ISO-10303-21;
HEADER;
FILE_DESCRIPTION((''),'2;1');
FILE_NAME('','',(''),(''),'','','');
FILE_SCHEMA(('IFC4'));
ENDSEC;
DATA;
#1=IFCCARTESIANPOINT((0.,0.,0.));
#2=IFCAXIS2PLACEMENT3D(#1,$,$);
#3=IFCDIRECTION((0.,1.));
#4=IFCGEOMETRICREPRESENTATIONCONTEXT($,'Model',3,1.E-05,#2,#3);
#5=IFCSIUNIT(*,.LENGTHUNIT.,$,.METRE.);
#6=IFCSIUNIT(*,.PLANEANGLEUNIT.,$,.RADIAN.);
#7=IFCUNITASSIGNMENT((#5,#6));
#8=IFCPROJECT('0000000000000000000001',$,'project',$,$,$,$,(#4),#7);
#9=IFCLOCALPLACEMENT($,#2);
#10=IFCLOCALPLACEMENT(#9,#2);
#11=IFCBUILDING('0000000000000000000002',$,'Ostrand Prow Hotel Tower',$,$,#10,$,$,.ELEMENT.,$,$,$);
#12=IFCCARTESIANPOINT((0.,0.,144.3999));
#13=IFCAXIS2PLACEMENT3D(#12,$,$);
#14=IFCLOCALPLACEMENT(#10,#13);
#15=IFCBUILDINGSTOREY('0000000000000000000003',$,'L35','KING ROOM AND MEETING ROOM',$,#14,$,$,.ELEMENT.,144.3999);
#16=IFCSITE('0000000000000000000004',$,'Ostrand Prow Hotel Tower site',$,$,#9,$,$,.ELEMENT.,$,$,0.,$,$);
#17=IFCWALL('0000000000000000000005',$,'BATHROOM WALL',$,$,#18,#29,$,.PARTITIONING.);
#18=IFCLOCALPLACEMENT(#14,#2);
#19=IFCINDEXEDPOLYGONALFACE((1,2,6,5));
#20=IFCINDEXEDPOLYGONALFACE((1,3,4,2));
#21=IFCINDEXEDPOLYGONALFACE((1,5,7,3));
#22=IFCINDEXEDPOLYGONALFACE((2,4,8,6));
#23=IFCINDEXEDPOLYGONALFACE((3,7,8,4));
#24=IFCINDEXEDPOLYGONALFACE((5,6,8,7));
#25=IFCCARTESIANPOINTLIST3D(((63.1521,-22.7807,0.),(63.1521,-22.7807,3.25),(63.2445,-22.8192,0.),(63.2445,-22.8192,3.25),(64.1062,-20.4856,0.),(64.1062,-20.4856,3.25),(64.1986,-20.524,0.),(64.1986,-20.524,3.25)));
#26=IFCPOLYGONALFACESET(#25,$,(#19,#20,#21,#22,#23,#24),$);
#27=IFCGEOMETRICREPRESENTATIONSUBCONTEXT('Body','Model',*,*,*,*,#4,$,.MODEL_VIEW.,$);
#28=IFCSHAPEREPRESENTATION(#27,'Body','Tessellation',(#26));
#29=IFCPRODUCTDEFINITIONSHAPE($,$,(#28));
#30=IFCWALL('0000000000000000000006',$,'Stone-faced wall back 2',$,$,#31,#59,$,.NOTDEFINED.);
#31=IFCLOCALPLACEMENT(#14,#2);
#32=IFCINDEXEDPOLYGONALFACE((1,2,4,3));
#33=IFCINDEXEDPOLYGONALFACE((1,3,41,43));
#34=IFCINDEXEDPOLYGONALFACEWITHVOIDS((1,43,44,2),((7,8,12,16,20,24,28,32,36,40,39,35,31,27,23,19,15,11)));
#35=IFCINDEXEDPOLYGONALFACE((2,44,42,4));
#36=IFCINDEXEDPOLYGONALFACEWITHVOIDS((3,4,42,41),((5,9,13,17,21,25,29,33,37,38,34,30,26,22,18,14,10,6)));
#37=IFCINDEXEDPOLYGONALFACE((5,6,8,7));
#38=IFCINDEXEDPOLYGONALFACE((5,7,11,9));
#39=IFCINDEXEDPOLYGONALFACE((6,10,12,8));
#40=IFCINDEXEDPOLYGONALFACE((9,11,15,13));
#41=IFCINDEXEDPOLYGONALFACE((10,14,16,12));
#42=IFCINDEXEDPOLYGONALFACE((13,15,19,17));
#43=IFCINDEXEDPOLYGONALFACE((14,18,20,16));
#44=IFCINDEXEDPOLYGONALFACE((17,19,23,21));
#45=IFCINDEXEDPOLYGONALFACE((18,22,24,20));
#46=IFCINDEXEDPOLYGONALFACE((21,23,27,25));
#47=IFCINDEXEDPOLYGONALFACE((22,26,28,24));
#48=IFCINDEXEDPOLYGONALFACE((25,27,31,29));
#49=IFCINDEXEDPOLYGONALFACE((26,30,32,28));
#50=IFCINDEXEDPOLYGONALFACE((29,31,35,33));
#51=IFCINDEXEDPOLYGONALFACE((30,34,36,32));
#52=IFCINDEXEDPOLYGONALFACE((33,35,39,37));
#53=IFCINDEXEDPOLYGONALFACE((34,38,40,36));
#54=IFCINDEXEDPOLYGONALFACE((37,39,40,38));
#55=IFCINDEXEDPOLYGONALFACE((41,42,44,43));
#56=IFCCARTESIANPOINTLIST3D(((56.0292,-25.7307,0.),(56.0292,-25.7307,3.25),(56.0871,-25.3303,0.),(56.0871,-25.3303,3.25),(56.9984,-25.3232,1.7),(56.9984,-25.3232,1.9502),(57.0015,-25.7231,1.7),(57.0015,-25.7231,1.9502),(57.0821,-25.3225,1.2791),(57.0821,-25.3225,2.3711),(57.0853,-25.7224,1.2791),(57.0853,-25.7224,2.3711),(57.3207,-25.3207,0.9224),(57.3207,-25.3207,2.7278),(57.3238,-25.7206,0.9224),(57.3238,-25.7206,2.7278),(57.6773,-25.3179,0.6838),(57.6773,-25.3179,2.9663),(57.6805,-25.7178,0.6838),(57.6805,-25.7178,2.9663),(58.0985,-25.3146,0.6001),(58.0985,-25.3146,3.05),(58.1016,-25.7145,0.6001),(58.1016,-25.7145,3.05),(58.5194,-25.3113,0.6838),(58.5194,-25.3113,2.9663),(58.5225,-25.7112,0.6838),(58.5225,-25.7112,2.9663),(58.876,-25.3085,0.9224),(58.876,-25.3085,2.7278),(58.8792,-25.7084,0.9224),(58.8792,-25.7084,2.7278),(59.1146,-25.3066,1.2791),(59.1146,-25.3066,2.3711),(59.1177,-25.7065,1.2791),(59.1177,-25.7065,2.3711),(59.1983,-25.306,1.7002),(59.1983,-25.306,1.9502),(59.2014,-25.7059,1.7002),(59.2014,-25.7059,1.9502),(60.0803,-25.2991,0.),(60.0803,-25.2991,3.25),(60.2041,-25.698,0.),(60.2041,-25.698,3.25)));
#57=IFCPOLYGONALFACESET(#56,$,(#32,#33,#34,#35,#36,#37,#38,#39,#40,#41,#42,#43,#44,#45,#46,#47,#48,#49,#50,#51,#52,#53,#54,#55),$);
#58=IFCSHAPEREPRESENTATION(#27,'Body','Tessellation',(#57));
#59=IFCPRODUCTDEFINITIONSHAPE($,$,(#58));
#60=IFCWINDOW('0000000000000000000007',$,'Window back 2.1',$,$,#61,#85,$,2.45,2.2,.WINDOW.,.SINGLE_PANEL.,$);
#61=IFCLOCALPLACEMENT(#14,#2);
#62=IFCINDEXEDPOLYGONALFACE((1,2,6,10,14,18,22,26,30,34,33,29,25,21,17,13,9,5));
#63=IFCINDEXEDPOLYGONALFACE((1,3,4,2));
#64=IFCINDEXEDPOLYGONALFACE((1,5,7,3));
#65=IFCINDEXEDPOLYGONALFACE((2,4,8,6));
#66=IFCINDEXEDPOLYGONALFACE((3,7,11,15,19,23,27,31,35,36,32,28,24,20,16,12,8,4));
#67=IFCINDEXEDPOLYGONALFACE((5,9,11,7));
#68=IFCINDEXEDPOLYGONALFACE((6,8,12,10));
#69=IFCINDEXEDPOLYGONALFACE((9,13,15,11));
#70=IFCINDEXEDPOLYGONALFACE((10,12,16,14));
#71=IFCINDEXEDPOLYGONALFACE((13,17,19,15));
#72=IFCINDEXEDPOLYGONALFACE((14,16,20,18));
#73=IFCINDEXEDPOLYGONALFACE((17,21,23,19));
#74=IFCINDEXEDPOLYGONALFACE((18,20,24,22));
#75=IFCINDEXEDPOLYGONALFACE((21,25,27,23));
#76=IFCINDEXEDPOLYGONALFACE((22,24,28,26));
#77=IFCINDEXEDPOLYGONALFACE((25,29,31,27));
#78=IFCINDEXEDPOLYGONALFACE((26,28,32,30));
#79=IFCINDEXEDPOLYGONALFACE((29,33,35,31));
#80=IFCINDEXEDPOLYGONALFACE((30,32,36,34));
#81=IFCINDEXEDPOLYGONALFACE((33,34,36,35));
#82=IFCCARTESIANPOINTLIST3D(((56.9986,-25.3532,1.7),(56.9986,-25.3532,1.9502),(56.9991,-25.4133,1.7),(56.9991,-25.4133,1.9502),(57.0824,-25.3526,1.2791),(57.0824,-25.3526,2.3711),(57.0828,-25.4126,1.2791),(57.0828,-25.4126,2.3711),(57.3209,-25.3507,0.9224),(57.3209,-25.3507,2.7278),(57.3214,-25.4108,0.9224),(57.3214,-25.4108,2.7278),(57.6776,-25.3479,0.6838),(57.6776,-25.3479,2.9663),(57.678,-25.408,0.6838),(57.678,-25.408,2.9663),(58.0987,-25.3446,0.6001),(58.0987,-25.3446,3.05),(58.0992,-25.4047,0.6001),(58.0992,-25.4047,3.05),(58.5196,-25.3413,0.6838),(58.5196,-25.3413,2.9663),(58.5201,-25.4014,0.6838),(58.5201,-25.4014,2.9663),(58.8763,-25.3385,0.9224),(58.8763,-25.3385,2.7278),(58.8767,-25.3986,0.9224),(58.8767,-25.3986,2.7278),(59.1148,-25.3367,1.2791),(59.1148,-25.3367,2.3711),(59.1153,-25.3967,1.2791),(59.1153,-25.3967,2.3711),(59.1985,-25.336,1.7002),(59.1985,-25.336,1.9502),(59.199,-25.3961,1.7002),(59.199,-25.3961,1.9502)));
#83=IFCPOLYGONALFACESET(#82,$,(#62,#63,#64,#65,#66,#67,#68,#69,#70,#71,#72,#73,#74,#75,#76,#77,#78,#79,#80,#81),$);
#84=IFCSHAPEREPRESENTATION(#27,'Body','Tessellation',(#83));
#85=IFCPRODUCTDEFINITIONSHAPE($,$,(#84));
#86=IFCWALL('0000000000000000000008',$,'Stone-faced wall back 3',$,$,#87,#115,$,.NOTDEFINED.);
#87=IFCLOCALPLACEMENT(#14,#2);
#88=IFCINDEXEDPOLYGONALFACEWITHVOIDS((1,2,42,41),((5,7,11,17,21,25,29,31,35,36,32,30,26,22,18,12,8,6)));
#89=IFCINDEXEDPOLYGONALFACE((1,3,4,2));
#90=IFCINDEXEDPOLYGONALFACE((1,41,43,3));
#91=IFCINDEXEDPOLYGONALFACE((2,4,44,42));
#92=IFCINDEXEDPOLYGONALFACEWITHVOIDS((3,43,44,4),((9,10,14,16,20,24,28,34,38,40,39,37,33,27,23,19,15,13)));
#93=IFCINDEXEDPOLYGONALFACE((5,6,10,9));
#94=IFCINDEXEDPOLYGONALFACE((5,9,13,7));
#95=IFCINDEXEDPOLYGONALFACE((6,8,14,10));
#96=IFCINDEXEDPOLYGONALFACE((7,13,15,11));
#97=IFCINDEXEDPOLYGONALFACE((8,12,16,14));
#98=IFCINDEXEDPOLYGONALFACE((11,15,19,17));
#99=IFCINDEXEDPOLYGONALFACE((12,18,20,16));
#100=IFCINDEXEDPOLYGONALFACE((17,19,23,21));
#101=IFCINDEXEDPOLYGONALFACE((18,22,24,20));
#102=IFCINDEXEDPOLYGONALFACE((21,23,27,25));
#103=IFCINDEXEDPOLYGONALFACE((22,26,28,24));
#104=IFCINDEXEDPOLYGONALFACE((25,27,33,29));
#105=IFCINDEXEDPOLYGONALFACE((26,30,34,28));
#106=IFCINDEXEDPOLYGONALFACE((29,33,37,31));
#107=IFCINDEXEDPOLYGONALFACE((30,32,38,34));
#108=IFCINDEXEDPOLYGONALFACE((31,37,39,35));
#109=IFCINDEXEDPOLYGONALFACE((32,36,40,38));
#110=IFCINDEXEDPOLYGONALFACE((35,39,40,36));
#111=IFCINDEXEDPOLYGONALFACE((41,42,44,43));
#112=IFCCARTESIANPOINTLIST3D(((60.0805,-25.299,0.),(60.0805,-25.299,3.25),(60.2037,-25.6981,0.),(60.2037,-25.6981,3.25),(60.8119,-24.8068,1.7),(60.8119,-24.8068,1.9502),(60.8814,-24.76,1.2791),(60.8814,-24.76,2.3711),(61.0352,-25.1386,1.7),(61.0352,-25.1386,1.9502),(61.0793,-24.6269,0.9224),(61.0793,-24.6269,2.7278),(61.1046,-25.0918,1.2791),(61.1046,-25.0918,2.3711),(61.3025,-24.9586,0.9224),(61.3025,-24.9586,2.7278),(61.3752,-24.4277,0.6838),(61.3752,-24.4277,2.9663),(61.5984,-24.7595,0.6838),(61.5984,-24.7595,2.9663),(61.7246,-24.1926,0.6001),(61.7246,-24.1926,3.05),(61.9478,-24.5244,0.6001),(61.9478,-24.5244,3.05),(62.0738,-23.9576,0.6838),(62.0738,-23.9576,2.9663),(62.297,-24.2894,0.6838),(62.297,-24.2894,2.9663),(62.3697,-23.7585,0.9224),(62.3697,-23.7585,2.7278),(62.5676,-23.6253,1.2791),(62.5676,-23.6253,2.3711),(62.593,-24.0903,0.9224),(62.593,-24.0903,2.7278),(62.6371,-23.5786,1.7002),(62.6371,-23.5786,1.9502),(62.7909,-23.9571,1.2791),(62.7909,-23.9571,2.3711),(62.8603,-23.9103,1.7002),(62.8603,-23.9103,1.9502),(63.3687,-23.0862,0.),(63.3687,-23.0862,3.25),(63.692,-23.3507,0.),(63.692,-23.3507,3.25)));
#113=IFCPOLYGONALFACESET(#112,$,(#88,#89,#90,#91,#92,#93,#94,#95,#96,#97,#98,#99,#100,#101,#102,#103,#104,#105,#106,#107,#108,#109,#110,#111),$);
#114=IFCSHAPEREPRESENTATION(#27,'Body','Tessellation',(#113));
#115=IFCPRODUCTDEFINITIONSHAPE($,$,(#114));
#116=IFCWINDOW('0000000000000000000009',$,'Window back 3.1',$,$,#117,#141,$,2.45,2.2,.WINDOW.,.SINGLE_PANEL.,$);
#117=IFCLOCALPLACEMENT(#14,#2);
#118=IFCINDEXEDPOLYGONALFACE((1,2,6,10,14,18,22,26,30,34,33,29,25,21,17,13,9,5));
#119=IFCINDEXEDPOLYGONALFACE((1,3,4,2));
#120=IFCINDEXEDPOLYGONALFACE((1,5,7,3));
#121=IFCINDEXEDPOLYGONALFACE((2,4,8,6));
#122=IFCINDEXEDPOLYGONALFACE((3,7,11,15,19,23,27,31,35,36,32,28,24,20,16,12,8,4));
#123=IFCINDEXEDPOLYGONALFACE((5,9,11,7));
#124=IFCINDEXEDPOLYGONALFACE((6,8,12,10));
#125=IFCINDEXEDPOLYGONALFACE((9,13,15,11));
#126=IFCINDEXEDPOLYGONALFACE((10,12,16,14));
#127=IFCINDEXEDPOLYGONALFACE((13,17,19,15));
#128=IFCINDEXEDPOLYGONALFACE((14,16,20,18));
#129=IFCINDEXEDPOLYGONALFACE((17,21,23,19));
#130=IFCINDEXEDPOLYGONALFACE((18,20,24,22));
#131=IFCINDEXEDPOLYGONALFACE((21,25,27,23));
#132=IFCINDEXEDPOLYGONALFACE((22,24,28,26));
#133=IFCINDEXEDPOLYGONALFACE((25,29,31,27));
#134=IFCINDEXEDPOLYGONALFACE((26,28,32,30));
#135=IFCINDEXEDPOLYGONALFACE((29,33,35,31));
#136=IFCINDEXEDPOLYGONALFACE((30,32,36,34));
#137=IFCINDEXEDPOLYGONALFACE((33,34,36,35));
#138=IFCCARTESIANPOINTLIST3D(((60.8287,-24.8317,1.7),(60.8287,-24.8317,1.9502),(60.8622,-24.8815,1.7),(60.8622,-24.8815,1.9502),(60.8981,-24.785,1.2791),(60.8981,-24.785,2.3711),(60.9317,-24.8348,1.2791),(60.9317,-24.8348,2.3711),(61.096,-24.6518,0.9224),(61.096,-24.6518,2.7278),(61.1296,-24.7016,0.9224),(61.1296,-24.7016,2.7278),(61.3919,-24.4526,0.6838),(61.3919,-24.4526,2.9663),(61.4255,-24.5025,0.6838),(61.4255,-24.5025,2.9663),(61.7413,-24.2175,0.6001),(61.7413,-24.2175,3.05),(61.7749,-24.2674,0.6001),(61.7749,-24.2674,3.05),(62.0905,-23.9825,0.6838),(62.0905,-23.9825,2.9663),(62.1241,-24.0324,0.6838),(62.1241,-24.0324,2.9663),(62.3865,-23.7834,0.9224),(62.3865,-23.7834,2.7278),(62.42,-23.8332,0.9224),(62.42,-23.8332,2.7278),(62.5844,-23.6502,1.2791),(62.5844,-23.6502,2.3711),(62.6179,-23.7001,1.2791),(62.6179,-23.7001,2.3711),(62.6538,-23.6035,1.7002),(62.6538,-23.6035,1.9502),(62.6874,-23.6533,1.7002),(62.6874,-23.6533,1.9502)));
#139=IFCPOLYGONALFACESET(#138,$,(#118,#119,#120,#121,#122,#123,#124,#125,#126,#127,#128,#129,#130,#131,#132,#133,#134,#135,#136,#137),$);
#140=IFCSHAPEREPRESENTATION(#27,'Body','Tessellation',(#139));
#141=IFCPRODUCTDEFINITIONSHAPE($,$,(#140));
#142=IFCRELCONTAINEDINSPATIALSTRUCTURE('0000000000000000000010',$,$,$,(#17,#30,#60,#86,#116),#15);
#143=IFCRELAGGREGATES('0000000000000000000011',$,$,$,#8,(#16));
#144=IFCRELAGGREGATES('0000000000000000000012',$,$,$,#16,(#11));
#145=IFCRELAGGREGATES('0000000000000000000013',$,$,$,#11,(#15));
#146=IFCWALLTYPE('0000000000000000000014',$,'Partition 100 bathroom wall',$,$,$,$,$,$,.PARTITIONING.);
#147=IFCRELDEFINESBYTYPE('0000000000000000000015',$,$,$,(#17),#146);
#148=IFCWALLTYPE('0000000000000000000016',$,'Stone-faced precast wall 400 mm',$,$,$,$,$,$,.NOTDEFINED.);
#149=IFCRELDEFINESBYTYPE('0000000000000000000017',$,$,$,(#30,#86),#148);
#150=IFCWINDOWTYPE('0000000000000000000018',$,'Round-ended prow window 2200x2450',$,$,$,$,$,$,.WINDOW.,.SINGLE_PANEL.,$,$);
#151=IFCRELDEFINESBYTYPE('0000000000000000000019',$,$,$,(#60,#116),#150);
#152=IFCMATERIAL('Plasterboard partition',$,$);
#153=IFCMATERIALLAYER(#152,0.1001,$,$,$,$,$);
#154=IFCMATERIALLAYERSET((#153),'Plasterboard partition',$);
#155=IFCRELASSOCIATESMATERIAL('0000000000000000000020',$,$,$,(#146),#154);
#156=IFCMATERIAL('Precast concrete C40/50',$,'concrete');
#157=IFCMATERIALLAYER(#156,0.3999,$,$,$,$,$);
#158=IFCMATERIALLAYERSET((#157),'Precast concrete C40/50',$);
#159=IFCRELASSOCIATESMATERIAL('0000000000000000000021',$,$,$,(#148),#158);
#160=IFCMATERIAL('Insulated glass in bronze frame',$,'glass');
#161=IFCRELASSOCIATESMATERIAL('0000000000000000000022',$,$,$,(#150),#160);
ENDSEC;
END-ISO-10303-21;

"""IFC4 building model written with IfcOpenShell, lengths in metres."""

from ifc_helpers import new_model, si_unit, direction, frame, frame_2d, origin, place, context, subcontext, project, spatial, polyline, rectangle, outline, extrude, material, layer, layer_set, type_object, element, fill, save


model = new_model("IFC4")

# Units and contexts
model_context = context("Model", 3, precision=1e-05, world=origin(), true_north=direction((0.0, 1.0)))
body_context = subcontext(model_context, "Body", "Model", "MODEL_VIEW")
ifc_project = project(units=[si_unit("LENGTHUNIT", "METRE"), si_unit("PLANEANGLEUNIT", "RADIAN")], contexts=[model_context])

# Site, building, storey
site_placement = place(None, origin())
site = spatial("IfcSite", under=ifc_project, at=site_placement, Name="Ostrand Prow Hotel Tower site", CompositionType="ELEMENT", RefElevation=0.0)
building_placement = place(site_placement, origin())
building = spatial("IfcBuilding", under=site, at=building_placement, Name="Ostrand Prow Hotel Tower", CompositionType="ELEMENT")
storey_placement = place(building_placement, frame((0.0, 0.0, 144.3999)))
storey = spatial("IfcBuildingStorey", under=building, at=storey_placement, Name="L35", Description="KING ROOM AND MEETING ROOM", CompositionType="ELEMENT", Elevation=144.3999)

# Shared definitions
ifc_material_1 = material(Name="Plasterboard partition")
ifc_layer_1 = layer(ifc_material_1, 0.1001)
ifc_layer_set_1 = layer_set([ifc_layer_1], Name="Plasterboard partition")
wall_type_1 = type_object("IfcWallType", Name="Partition 100 bathroom wall", PredefinedType="PARTITIONING", material=ifc_layer_set_1)

# Wall
wall_1_placement = place(storey_placement, frame((64.1523, -20.5049, 0.0), z_axis=(0.0, 0.0, 1.0), x_axis=(-0.383855, -0.923393, 0.0)))
element("IfcWall", 1, at=wall_1_placement, inside=storey, type_object=wall_type_1, Name="BATHROOM WALL", PredefinedType="PARTITIONING", context=body_context, shape_type="SweptSolid", body=[
    extrude(rectangle(XDim=2.4856, YDim=0.1001, at=frame_2d((1.2427, 0.0))), origin(), (0.0, 0.0, 1.0), 3.25),
])

# Walls, openings, windows
ifc_material_2 = material(Name="Precast concrete C40/50", Category="concrete")
ifc_layer_2 = layer(ifc_material_2, 0.3999)
ifc_layer_set_2 = layer_set([ifc_layer_2], Name="Precast concrete C40/50")
wall_type_2 = type_object("IfcWallType", Name="Stone-faced precast wall 400 mm", PredefinedType="NOTDEFINED", material=ifc_layer_set_2)
wall_2_placement = place(storey_placement, frame((56.0581, -25.5305, 0.0), z_axis=(0.0, 0.0, 1.0), x_axis=(0.999969, 0.007831, 0.0)))
wall_2 = element("IfcWall", 2, at=wall_2_placement, inside=storey, type_object=wall_type_2, Name="Stone-faced wall back 2", PredefinedType="NOTDEFINED", context=body_context, shape_type="SweptSolid", body=[
    extrude(outline(polyline([(-0.0305, -0.2), (4.1445, -0.2), (4.0239, 0.2), (0.0305, 0.2), (-0.0305, -0.2)])), origin(), (0.0, 0.0, 1.0), 3.25),
])
opening_1_placement = place(wall_2_placement, frame((0.9419, 0.0, 0.6001)))
opening_1 = element("IfcOpeningElement", 3, at=opening_1_placement, cuts=wall_2, PredefinedType="OPENING", context=body_context, shape_type="SweptSolid", body=[
    extrude(outline(polyline([(0.0, 1.3501), (0.0837, 1.771), (0.3223, 2.1277), (0.679, 2.3662), (1.1001, 2.45), (1.521, 2.3662), (1.8777, 2.1277), (2.1162, 1.771), (2.2, 1.3501), (2.2, 1.1001), (2.1162, 0.679), (1.8777, 0.3223), (1.521, 0.0837), (1.1001, 0.0), (0.679, 0.0837), (0.3223, 0.3223), (0.0837, 0.679), (0.0, 1.0999), (0.0, 1.3501)])), frame((0.0, 0.21, 0.0), z_axis=(0.0, -1.0, 0.0), x_axis=(1.0, 0.0, 0.0)), (0.0, 0.0, 1.0), 0.4199),
])
ifc_material_3 = material(Name="Insulated glass in bronze frame", Category="glass")
window_type = type_object("IfcWindowType", Name="Round-ended prow window 2200x2450", PartitioningType="SINGLE_PANEL", PredefinedType="WINDOW", material=ifc_material_3)
window_1_placement = place(opening_1_placement, origin())
window_1 = element("IfcWindow", 4, at=window_1_placement, inside=storey, type_object=window_type, Name="Window back 2.1", OverallHeight=2.45, OverallWidth=2.2, PartitioningType="SINGLE_PANEL", PredefinedType="WINDOW", context=body_context, shape_type="SweptSolid", body=[
    extrude(outline(polyline([(0.0, 1.3501), (0.0837, 1.771), (0.3223, 2.1277), (0.679, 2.3662), (1.1001, 2.45), (1.521, 2.3662), (1.8777, 2.1277), (2.1162, 1.771), (2.2, 1.3501), (2.2, 1.1001), (2.1162, 0.679), (1.8777, 0.3223), (1.521, 0.0837), (1.1001, 0.0), (0.679, 0.0837), (0.3223, 0.3223), (0.0837, 0.679), (0.0, 1.0999), (0.0, 1.3501)])), frame((0.0, 0.1699, 0.0), z_axis=(0.0, -1.0, 0.0), x_axis=(1.0, 0.0, 0.0)), (0.0, 0.0, 1.0), 0.0601),
])
fill(opening_1, window_1)
wall_3_placement = place(storey_placement, frame((60.1421, -25.4985, 0.0), z_axis=(0.0, 0.0, 1.0), x_axis=(0.829642, 0.558296, 0.0)))
wall_3 = element("IfcWall", 5, at=wall_3_placement, inside=storey, type_object=wall_type_2, Name="Stone-faced wall back 3", PredefinedType="NOTDEFINED", context=body_context, shape_type="SweptSolid", body=[
    extrude(outline(polyline([(-0.0603, -0.2), (4.1443, -0.2), (4.0237, 0.2), (0.0603, 0.2), (-0.0603, -0.2)])), origin(), (0.0, 0.0, 1.0), 3.25),
])
opening_2_placement = place(wall_3_placement, frame((0.9419, 0.0, 0.6001)))
opening_2 = element("IfcOpeningElement", 6, at=opening_2_placement, cuts=wall_3, PredefinedType="OPENING", context=body_context, shape_type="SweptSolid", body=[
    extrude(outline(polyline([(0.0, 1.3501), (0.0837, 1.771), (0.3223, 2.1277), (0.679, 2.3662), (1.1001, 2.45), (1.521, 2.3662), (1.8777, 2.1277), (2.1162, 1.771), (2.2, 1.3501), (2.2, 1.1001), (2.1162, 0.679), (1.8777, 0.3223), (1.521, 0.0837), (1.1001, 0.0), (0.679, 0.0837), (0.3223, 0.3223), (0.0837, 0.679), (0.0, 1.0999), (0.0, 1.3501)])), frame((0.0, 0.21, 0.0), z_axis=(0.0, -1.0, 0.0), x_axis=(1.0, 0.0, 0.0)), (0.0, 0.0, 1.0), 0.4199),
])
window_2_placement = place(opening_2_placement, origin())
window_2 = element("IfcWindow", 7, at=window_2_placement, inside=storey, type_object=window_type, Name="Window back 3.1", OverallHeight=2.45, OverallWidth=2.2, PartitioningType="SINGLE_PANEL", PredefinedType="WINDOW", context=body_context, shape_type="SweptSolid", body=[
    extrude(outline(polyline([(0.0, 1.3501), (0.0837, 1.771), (0.3223, 2.1277), (0.679, 2.3662), (1.1001, 2.45), (1.521, 2.3662), (1.8777, 2.1277), (2.1162, 1.771), (2.2, 1.3501), (2.2, 1.1001), (2.1162, 0.679), (1.8777, 0.3223), (1.521, 0.0837), (1.1001, 0.0), (0.679, 0.0837), (0.3223, 0.3223), (0.0837, 0.679), (0.0, 1.0999), (0.0, 1.3501)])), frame((0.0, 0.1699, 0.0), z_axis=(0.0, -1.0, 0.0), x_axis=(1.0, 0.0, 0.0)), (0.0, 0.0, 1.0), 0.0601),
])
fill(opening_2, window_2)

save(model, "model.ifc")
